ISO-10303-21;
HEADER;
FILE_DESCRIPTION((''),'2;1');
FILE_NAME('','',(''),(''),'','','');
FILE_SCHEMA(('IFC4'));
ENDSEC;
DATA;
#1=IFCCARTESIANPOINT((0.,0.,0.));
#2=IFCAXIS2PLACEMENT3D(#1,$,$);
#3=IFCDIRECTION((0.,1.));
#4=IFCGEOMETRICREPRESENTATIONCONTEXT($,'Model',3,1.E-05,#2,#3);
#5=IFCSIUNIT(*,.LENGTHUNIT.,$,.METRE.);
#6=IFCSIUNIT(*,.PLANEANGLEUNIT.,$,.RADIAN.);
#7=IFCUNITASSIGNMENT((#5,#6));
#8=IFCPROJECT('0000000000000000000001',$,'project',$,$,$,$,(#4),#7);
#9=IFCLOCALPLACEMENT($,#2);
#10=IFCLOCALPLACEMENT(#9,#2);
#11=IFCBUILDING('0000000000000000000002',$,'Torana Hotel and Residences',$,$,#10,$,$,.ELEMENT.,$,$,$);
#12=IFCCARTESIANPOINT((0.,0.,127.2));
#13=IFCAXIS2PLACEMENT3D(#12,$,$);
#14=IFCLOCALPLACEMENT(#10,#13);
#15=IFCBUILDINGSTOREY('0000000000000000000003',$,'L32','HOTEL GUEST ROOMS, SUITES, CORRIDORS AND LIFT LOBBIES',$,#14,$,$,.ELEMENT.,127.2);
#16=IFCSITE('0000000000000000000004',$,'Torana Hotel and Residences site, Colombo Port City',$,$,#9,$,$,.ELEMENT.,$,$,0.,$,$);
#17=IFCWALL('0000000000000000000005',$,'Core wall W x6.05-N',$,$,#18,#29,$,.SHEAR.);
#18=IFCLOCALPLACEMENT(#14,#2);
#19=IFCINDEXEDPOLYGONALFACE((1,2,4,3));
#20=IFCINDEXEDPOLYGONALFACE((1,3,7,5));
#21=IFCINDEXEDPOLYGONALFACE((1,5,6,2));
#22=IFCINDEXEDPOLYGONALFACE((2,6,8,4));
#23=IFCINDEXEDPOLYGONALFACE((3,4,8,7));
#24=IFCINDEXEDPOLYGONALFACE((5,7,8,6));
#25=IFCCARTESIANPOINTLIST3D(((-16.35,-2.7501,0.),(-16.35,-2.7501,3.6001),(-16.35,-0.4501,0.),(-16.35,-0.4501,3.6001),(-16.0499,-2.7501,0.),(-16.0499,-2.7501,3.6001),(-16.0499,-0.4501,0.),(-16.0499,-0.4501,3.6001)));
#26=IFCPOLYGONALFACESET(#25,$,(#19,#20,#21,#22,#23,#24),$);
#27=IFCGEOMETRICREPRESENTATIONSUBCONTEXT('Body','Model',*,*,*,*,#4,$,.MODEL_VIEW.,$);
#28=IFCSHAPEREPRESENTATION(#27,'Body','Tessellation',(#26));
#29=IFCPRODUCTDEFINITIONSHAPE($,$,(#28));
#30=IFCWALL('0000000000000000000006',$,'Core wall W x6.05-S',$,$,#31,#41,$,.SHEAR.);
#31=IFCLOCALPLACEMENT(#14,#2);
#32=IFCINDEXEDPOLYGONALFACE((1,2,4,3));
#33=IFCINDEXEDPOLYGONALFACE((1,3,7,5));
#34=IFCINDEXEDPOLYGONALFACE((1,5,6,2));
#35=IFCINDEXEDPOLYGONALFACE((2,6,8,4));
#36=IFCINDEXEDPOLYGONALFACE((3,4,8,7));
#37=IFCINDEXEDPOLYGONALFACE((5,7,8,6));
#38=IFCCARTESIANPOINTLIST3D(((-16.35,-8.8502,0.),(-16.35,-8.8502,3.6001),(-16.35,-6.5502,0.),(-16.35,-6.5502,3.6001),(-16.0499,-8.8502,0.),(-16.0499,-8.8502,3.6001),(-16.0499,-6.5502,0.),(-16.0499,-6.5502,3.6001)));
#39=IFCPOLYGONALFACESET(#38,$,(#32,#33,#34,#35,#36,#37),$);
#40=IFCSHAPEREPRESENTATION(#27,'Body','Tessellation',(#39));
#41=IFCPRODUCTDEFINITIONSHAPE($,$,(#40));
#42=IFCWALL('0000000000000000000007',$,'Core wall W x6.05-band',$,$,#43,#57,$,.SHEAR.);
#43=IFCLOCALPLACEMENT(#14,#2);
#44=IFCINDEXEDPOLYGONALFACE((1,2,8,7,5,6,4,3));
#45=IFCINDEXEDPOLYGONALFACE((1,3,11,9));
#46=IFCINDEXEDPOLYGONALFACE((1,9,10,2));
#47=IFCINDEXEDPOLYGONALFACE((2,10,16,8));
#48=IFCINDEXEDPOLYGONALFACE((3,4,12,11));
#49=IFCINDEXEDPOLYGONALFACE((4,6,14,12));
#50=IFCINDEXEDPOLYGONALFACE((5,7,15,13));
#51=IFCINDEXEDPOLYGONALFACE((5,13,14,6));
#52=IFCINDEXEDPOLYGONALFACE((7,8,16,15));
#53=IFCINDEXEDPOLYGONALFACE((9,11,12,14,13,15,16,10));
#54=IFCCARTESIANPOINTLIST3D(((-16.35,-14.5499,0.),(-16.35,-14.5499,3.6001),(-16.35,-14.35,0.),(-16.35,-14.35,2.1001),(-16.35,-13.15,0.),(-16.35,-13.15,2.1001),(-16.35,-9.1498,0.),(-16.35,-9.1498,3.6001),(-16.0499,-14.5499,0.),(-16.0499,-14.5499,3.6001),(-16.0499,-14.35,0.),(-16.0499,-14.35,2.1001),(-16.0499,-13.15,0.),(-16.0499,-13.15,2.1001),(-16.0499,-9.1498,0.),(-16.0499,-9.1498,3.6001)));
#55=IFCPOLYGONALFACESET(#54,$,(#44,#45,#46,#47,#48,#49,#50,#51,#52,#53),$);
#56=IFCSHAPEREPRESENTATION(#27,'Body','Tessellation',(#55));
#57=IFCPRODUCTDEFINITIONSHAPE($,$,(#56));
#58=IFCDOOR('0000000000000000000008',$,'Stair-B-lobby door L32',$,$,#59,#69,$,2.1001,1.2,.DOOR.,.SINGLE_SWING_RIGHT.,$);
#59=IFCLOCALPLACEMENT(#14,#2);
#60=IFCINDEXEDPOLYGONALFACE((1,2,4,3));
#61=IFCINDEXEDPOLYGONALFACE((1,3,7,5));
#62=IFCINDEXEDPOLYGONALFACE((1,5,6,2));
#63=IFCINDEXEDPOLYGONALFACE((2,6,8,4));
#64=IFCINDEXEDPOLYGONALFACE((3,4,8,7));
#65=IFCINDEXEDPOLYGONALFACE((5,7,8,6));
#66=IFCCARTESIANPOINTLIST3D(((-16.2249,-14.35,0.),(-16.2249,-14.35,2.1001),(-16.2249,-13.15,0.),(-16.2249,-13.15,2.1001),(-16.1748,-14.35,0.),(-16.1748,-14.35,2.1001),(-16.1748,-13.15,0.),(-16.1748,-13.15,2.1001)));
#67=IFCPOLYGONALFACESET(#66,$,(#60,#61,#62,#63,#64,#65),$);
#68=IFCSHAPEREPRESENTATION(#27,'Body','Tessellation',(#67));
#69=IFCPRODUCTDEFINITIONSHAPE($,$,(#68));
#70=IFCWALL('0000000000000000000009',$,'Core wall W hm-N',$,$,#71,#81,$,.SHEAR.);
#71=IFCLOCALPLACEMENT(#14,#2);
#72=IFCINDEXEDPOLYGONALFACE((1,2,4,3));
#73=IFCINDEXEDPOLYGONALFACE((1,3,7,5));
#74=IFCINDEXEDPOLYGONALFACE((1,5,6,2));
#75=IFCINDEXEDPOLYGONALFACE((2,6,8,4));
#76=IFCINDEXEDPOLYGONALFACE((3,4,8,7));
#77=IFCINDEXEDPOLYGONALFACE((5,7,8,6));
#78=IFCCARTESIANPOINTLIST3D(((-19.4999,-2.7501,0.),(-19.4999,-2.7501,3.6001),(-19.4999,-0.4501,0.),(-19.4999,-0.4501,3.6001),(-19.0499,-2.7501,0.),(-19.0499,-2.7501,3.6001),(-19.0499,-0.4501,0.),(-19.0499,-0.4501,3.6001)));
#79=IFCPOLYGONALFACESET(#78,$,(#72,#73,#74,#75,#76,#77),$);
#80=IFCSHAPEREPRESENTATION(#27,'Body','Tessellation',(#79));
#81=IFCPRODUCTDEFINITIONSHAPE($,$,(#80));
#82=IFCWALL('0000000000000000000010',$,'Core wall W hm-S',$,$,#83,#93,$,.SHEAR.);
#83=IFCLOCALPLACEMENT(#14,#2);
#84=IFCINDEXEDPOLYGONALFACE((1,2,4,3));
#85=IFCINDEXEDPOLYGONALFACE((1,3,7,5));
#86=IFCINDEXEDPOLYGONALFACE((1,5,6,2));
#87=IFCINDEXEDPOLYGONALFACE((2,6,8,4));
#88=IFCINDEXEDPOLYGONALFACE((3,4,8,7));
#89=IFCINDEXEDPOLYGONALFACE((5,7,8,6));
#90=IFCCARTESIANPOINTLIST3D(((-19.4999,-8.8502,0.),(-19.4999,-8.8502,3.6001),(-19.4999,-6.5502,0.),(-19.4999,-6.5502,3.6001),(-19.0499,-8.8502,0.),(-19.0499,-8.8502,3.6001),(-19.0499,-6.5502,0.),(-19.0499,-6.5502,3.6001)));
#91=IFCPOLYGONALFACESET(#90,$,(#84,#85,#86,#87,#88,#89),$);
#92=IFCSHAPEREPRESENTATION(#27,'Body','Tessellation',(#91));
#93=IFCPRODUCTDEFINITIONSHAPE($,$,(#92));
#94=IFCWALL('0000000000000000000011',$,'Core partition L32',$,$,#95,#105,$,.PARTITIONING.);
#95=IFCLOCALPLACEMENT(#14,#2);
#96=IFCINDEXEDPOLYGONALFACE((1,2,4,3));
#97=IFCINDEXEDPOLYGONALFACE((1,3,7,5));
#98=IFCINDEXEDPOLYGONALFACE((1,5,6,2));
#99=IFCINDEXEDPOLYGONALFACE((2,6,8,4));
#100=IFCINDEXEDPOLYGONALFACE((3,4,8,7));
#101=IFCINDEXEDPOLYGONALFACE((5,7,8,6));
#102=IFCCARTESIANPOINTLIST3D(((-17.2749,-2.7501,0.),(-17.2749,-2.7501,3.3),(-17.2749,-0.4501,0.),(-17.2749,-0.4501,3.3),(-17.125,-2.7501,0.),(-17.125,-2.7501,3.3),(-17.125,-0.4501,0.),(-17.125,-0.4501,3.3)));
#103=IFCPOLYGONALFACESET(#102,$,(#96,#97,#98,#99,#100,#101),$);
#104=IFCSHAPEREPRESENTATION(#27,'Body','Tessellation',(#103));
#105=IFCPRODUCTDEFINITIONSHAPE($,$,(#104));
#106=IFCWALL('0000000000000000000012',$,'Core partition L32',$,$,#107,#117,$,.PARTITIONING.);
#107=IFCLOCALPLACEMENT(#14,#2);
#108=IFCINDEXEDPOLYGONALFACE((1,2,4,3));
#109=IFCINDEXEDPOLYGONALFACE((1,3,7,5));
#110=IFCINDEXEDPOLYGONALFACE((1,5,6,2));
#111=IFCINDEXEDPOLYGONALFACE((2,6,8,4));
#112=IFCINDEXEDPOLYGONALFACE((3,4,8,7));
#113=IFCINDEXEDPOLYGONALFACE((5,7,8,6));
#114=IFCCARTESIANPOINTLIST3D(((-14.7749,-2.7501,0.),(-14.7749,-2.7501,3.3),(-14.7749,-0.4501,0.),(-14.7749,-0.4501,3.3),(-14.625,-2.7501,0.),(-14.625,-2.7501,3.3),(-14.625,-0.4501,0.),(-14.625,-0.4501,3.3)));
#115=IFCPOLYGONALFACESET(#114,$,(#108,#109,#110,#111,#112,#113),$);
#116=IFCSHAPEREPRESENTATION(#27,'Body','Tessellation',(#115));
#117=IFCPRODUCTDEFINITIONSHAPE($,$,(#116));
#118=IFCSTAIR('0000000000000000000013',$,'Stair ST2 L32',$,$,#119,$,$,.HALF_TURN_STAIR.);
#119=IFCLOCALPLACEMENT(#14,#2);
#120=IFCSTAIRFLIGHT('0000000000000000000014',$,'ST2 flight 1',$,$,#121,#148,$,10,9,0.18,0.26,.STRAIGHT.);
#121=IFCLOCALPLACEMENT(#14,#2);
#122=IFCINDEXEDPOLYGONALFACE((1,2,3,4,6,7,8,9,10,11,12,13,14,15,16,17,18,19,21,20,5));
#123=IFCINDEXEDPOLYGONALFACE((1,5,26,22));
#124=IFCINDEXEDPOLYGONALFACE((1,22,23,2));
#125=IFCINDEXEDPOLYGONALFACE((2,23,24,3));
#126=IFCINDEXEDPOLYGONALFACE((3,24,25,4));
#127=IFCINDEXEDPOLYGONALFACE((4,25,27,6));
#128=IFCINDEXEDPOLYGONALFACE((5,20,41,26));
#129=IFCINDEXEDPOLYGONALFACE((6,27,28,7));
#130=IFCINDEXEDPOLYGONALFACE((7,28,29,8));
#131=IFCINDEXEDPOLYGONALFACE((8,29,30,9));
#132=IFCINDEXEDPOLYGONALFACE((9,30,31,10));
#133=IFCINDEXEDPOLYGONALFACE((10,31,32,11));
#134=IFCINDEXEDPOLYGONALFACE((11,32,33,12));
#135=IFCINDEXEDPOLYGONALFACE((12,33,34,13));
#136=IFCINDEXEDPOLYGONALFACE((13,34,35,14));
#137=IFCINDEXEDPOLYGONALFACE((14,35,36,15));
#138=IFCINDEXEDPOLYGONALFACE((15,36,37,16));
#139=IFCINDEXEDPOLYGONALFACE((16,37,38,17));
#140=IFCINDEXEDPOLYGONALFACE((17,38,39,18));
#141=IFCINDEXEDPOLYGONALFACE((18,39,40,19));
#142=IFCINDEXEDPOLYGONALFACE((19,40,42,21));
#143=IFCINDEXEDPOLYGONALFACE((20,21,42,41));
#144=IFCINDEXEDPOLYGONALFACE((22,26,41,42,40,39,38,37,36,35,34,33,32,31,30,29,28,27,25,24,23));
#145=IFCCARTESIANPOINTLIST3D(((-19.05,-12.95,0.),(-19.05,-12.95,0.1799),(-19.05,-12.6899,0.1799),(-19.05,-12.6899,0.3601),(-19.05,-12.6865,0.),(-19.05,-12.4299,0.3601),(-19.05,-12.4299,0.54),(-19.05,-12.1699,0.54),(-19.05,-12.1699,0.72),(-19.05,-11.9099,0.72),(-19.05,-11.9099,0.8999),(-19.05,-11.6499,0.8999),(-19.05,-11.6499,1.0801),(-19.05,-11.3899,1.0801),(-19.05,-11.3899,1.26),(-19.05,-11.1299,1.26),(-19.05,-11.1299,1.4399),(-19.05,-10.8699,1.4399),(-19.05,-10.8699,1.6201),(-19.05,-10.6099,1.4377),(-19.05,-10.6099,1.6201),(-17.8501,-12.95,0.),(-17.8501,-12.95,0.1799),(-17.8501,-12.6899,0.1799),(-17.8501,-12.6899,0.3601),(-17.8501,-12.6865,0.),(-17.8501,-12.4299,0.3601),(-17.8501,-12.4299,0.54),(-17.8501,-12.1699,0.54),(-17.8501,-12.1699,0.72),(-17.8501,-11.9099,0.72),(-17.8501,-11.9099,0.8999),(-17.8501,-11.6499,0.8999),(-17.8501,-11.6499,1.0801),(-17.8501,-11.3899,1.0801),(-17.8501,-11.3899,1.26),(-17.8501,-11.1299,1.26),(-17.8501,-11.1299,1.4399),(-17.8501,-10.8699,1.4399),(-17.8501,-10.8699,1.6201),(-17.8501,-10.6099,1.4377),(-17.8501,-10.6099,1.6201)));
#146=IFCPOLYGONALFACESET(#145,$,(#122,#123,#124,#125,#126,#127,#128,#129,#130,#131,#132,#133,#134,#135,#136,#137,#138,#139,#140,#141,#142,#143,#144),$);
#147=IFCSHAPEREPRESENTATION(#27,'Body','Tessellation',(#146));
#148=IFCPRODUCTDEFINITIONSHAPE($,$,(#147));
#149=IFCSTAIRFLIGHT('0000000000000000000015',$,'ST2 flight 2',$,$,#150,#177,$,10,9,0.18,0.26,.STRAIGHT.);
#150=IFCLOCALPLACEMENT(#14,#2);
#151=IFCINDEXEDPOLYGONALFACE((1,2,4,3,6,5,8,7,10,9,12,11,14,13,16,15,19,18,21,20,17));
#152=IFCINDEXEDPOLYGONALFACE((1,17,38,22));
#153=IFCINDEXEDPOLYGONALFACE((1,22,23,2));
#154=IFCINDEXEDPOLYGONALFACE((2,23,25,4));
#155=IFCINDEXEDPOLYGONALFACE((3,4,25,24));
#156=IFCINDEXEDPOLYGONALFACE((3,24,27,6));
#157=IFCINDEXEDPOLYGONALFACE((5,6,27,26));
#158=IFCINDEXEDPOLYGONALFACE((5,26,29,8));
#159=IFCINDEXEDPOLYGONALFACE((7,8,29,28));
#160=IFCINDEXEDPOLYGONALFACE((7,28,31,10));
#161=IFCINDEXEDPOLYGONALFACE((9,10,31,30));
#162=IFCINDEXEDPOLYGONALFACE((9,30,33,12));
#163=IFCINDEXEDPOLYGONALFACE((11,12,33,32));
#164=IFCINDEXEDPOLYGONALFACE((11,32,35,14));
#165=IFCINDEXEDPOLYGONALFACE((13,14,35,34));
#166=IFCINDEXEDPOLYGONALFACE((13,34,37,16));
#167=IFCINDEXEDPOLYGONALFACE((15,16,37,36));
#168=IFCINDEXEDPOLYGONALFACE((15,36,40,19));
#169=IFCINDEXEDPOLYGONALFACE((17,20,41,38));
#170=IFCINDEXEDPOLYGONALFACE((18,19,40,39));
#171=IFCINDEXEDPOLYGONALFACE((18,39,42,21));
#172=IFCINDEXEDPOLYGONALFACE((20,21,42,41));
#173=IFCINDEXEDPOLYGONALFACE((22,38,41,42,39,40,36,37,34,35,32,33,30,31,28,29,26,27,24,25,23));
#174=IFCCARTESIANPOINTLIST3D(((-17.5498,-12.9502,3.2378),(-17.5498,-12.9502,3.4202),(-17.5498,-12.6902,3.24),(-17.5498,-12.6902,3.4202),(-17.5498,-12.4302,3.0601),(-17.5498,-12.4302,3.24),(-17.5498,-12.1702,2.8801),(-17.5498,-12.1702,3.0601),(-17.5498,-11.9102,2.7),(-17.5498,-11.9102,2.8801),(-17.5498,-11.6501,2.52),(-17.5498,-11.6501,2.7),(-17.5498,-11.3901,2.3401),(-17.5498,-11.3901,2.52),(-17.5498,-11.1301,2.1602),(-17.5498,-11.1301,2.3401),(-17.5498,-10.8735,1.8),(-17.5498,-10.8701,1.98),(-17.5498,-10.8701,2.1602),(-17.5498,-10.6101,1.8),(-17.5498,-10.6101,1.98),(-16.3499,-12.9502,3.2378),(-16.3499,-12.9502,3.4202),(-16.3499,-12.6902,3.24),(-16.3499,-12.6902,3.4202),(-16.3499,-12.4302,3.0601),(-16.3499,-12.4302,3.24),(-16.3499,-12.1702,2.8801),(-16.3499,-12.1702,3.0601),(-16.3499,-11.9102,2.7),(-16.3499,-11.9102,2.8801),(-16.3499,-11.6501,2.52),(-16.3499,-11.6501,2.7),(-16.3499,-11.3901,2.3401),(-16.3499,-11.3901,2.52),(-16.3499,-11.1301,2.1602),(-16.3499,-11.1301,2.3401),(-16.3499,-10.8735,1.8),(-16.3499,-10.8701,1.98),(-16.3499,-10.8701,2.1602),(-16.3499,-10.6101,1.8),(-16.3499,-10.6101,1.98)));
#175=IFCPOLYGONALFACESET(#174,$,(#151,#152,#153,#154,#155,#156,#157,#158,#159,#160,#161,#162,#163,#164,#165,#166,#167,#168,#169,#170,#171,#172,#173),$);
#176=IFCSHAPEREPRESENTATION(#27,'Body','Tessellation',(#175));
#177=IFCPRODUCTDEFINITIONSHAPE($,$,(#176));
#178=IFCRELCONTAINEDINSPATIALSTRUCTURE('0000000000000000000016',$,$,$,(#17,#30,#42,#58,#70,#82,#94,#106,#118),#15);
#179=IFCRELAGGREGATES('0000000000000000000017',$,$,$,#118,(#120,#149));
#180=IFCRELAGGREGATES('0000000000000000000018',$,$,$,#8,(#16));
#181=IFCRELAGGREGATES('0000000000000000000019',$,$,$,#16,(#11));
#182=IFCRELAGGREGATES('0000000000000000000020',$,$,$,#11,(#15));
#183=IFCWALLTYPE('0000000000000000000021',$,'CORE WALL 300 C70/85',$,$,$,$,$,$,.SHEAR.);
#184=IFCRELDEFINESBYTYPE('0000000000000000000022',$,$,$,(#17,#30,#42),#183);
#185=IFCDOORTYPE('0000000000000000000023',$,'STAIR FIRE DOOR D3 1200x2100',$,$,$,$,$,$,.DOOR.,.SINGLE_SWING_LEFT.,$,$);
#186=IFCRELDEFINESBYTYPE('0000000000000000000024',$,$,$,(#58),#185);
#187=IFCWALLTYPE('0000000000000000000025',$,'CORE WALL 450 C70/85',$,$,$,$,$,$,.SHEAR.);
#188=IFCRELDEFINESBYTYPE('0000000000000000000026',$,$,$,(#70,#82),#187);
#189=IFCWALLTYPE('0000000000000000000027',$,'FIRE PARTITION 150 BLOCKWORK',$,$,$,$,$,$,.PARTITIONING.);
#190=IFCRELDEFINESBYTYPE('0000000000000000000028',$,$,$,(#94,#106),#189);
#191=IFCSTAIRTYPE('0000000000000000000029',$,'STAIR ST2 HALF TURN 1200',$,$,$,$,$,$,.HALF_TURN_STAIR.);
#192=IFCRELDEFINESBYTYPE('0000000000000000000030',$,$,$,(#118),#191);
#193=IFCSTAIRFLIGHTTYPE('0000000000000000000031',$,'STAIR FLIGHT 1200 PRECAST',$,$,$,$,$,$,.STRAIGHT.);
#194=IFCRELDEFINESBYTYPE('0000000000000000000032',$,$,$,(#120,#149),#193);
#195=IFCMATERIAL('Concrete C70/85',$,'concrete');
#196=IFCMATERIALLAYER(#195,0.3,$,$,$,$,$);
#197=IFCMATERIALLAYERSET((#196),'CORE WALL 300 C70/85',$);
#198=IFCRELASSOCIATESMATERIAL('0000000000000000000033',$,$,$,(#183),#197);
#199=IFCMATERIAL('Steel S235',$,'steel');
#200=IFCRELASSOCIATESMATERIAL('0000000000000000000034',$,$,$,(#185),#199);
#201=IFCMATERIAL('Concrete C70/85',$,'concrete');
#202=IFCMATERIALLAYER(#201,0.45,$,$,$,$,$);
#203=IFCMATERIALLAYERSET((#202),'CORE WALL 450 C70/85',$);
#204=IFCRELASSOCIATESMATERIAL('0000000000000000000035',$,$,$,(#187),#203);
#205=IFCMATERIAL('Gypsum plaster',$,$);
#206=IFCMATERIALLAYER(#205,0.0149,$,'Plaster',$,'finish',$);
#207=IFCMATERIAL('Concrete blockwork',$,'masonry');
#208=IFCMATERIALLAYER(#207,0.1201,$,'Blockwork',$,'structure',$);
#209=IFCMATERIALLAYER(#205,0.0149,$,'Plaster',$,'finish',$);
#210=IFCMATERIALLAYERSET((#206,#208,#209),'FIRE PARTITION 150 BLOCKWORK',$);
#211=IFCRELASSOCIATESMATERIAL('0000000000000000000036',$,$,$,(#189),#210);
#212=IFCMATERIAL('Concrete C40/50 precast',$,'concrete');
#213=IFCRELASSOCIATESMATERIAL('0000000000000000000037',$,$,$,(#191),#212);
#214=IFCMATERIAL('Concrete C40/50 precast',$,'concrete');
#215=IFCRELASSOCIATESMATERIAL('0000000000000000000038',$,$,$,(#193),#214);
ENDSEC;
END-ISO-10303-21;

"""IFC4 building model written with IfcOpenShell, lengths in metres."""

from ifc_helpers import new_model, si_unit, direction, frame, frame_2d, origin, place, context, subcontext, project, spatial, polyline, rectangle, outline, extrude, material, layer, layer_set, type_object, element, fill, aggregate, save


model = new_model("IFC4")

# Units and contexts
model_context = context("Model", 3, precision=1e-05, world=origin(), true_north=direction((0.0, 1.0)))
body_context = subcontext(model_context, "Body", "Model", "MODEL_VIEW")
ifc_project = project(units=[si_unit("LENGTHUNIT", "METRE"), si_unit("PLANEANGLEUNIT", "RADIAN")], contexts=[model_context])

# Site, building, storey
site_placement = place(None, origin())
site = spatial("IfcSite", under=ifc_project, at=site_placement, Name="Torana Hotel and Residences site, Colombo Port City", CompositionType="ELEMENT", RefElevation=0.0)
building_placement = place(site_placement, origin())
building = spatial("IfcBuilding", under=site, at=building_placement, Name="Torana Hotel and Residences", CompositionType="ELEMENT")
storey_placement = place(building_placement, frame((0.0, 0.0, 127.2)))
storey = spatial("IfcBuildingStorey", under=building, at=storey_placement, Name="L32", Description="HOTEL GUEST ROOMS, SUITES, CORRIDORS AND LIFT LOBBIES", CompositionType="ELEMENT", Elevation=127.2)

# Walls
ifc_material_1 = material(Name="Concrete C70/85", Category="concrete")
ifc_layer_1 = layer(ifc_material_1, 0.3)
ifc_layer_set_1 = layer_set([ifc_layer_1], Name="CORE WALL 300 C70/85")
wall_type_1 = type_object("IfcWallType", Name="CORE WALL 300 C70/85", PredefinedType="SHEAR", material=ifc_layer_set_1)
for number, where, z_axis, x_axis, name in (
    (1, (-16.2, -2.75, 0.0), (0.0, 0.0, 1.0), (0.0, 1.0, 0.0), "Core wall W x6.05-N"),
    (2, (-16.2, -8.8501, 0.0), (0.0, 0.0, 1.0), (0.0, 1.0, 0.0), "Core wall W x6.05-S"),
):
    element("IfcWall", number, at=place(storey_placement, frame(where, z_axis=z_axis, x_axis=x_axis)), inside=storey, type_object=wall_type_1, Name=name, PredefinedType="SHEAR", context=body_context, shape_type="SweptSolid", body=[
        extrude(rectangle(XDim=2.3, YDim=0.3, at=frame_2d((1.1499, 0.0))), origin(), (0.0, 0.0, 1.0), 3.6001),
    ])

# Wall, opening, door
wall_placement = place(storey_placement, frame((-16.2, -14.55, 0.0), z_axis=(0.0, 0.0, 1.0), x_axis=(0.0, 1.0, 0.0)))
wall = element("IfcWall", 3, at=wall_placement, inside=storey, type_object=wall_type_1, Name="Core wall W x6.05-band", PredefinedType="SHEAR", context=body_context, shape_type="SweptSolid", body=[
    extrude(rectangle(XDim=5.4001, YDim=0.3, at=frame_2d((2.7002, 0.0))), origin(), (0.0, 0.0, 1.0), 3.6001),
])
opening_placement = place(wall_placement, frame((0.2, 0.0, 0.0)))
opening = element("IfcOpeningElement", 4, at=opening_placement, cuts=wall, PredefinedType="OPENING", context=body_context, shape_type="SweptSolid", body=[
    extrude(rectangle(XDim=1.2, YDim=2.1001, at=frame_2d((0.6001, 1.05))), frame((0.0, 0.1599, 0.0), z_axis=(0.0, -1.0, 0.0), x_axis=(1.0, 0.0, 0.0)), (0.0, 0.0, 1.0), 0.3201),
])
ifc_material_2 = material(Name="Steel S235", Category="steel")
door_type = type_object("IfcDoorType", Name="STAIR FIRE DOOR D3 1200x2100", OperationType="SINGLE_SWING_LEFT", PredefinedType="DOOR", material=ifc_material_2)
door_placement = place(opening_placement, origin())
door = element("IfcDoor", 5, at=door_placement, inside=storey, type_object=door_type, Name="Stair-B-lobby door L32", OperationType="SINGLE_SWING_RIGHT", OverallHeight=2.1001, OverallWidth=1.2, PredefinedType="DOOR", context=body_context, shape_type="SweptSolid", body=[
    extrude(rectangle(XDim=1.2, YDim=2.1001, at=frame_2d((0.6001, 1.05))), frame((0.0, 0.0249, 0.0), z_axis=(0.0, -1.0, 0.0), x_axis=(1.0, 0.0, 0.0)), (0.0, 0.0, 1.0), 0.05),
])
fill(opening, door)

# Walls
ifc_material_3 = material(Name="Concrete C70/85", Category="concrete")
ifc_layer_2 = layer(ifc_material_3, 0.45)
ifc_layer_set_2 = layer_set([ifc_layer_2], Name="CORE WALL 450 C70/85")
wall_type_2 = type_object("IfcWallType", Name="CORE WALL 450 C70/85", PredefinedType="SHEAR", material=ifc_layer_set_2)
for number, where, z_axis, x_axis, name in (
    (6, (-19.2749, -2.75, 0.0), (0.0, 0.0, 1.0), (0.0, 1.0, 0.0), "Core wall W hm-N"),
    (7, (-19.2749, -8.8501, 0.0), (0.0, 0.0, 1.0), (0.0, 1.0, 0.0), "Core wall W hm-S"),
):
    element("IfcWall", number, at=place(storey_placement, frame(where, z_axis=z_axis, x_axis=x_axis)), inside=storey, type_object=wall_type_2, Name=name, PredefinedType="SHEAR", context=body_context, shape_type="SweptSolid", body=[
        extrude(rectangle(XDim=2.3, YDim=0.45, at=frame_2d((1.1499, 0.0))), origin(), (0.0, 0.0, 1.0), 3.6001),
    ])
ifc_material_4 = material(Name="Gypsum plaster")
ifc_layer_3 = layer(ifc_material_4, 0.0149, Name="Plaster", Category="finish")
ifc_material_5 = material(Name="Concrete blockwork", Category="masonry")
ifc_layer_4 = layer(ifc_material_5, 0.1201, Name="Blockwork", Category="structure")
ifc_layer_5 = layer(ifc_material_4, 0.0149, Name="Plaster", Category="finish")
ifc_layer_set_3 = layer_set([ifc_layer_3, ifc_layer_4, ifc_layer_5], Name="FIRE PARTITION 150 BLOCKWORK")
wall_type_3 = type_object("IfcWallType", Name="FIRE PARTITION 150 BLOCKWORK", PredefinedType="PARTITIONING", material=ifc_layer_set_3)
for number, where, z_axis, x_axis, name in (
    (8, (-17.2, -2.75, 0.0), (0.0, 0.0, 1.0), (0.0, 1.0, 0.0), "Core partition L32"),
    (9, (-14.7, -2.75, 0.0), (0.0, 0.0, 1.0), (0.0, 1.0, 0.0), "Core partition L32"),
):
    element("IfcWall", number, at=place(storey_placement, frame(where, z_axis=z_axis, x_axis=x_axis)), inside=storey, type_object=wall_type_3, Name=name, PredefinedType="PARTITIONING", context=body_context, shape_type="SweptSolid", body=[
        extrude(rectangle(XDim=2.3, YDim=0.1499, at=frame_2d((1.1499, 0.0))), origin(), (0.0, 0.0, 1.0), 3.3),
    ])

# Stair, stair flights
ifc_material_6 = material(Name="Concrete C40/50 precast", Category="concrete")
stair_type = type_object("IfcStairType", Name="STAIR ST2 HALF TURN 1200", PredefinedType="HALF_TURN_STAIR", material=ifc_material_6)
stair_placement = place(storey_placement, origin())
stair = element("IfcStair", 10, at=stair_placement, inside=storey, type_object=stair_type, Name="Stair ST2 L32", PredefinedType="HALF_TURN_STAIR")
ifc_material_7 = material(Name="Concrete C40/50 precast", Category="concrete")
stair_flight_type = type_object("IfcStairFlightType", Name="STAIR FLIGHT 1200 PRECAST", PredefinedType="STRAIGHT", material=ifc_material_7)
stair_flight_1_placement = place(storey_placement, frame((-18.45, -12.95, 0.0), z_axis=(0.0, 0.0, 1.0), x_axis=(0.0, 1.0, 0.0)))
stair_flight_1 = element("IfcStairFlight", 11, at=stair_flight_1_placement, type_object=stair_flight_type, Name="ST2 flight 1", NumberOfRisers=10, NumberOfTreads=9, PredefinedType="STRAIGHT", RiserHeight=0.18, TreadLength=0.26, context=body_context, shape_type="SweptSolid", body=[
    extrude(outline(polyline([(0.0, 0.0), (0.0, 0.1799), (0.26, 0.1799), (0.26, 0.3601), (0.52, 0.3601), (0.52, 0.54), (0.78, 0.54), (0.78, 0.72), (1.04, 0.72), (1.04, 0.8999), (1.3, 0.8999), (1.3, 1.0801), (1.5601, 1.0801), (1.5601, 1.26), (1.8201, 1.26), (1.8201, 1.4399), (2.0801, 1.4399), (2.0801, 1.6201), (2.3401, 1.6201), (2.3401, 1.8), (2.3401, 1.4377), (0.2634, 0.0), (0.0, 0.0)])), frame((0.0, 0.6001, 0.0), z_axis=(0.0, -1.0, 0.0), x_axis=(1.0, 0.0, 0.0)), (0.0, 0.0, 1.0), 1.2),
])
stair_flight_2_placement = place(storey_placement, frame((-16.95, -10.6101, 1.8), z_axis=(0.0, 0.0, 1.0), x_axis=(0.0, -1.0, 0.0)))
stair_flight_2 = element("IfcStairFlight", 12, at=stair_flight_2_placement, type_object=stair_flight_type, Name="ST2 flight 2", NumberOfRisers=10, NumberOfTreads=9, PredefinedType="STRAIGHT", RiserHeight=0.18, TreadLength=0.26, context=body_context, shape_type="SweptSolid", body=[
    extrude(outline(polyline([(0.0, 0.0), (0.0, 0.1799), (0.26, 0.1799), (0.26, 0.3601), (0.52, 0.3601), (0.52, 0.54), (0.78, 0.54), (0.78, 0.72), (1.04, 0.72), (1.04, 0.8999), (1.3, 0.8999), (1.3, 1.0801), (1.5601, 1.0801), (1.5601, 1.26), (1.8201, 1.26), (1.8201, 1.4399), (2.0801, 1.4399), (2.0801, 1.6201), (2.3401, 1.6201), (2.3401, 1.8), (2.3401, 1.4377), (0.2634, 0.0), (0.0, 0.0)])), frame((0.0, 0.6001, 0.0), z_axis=(0.0, -1.0, 0.0), x_axis=(1.0, 0.0, 0.0)), (0.0, 0.0, 1.0), 1.2),
])
aggregate(stair, [stair_flight_1, stair_flight_2])

save(model, "model.ifc")
